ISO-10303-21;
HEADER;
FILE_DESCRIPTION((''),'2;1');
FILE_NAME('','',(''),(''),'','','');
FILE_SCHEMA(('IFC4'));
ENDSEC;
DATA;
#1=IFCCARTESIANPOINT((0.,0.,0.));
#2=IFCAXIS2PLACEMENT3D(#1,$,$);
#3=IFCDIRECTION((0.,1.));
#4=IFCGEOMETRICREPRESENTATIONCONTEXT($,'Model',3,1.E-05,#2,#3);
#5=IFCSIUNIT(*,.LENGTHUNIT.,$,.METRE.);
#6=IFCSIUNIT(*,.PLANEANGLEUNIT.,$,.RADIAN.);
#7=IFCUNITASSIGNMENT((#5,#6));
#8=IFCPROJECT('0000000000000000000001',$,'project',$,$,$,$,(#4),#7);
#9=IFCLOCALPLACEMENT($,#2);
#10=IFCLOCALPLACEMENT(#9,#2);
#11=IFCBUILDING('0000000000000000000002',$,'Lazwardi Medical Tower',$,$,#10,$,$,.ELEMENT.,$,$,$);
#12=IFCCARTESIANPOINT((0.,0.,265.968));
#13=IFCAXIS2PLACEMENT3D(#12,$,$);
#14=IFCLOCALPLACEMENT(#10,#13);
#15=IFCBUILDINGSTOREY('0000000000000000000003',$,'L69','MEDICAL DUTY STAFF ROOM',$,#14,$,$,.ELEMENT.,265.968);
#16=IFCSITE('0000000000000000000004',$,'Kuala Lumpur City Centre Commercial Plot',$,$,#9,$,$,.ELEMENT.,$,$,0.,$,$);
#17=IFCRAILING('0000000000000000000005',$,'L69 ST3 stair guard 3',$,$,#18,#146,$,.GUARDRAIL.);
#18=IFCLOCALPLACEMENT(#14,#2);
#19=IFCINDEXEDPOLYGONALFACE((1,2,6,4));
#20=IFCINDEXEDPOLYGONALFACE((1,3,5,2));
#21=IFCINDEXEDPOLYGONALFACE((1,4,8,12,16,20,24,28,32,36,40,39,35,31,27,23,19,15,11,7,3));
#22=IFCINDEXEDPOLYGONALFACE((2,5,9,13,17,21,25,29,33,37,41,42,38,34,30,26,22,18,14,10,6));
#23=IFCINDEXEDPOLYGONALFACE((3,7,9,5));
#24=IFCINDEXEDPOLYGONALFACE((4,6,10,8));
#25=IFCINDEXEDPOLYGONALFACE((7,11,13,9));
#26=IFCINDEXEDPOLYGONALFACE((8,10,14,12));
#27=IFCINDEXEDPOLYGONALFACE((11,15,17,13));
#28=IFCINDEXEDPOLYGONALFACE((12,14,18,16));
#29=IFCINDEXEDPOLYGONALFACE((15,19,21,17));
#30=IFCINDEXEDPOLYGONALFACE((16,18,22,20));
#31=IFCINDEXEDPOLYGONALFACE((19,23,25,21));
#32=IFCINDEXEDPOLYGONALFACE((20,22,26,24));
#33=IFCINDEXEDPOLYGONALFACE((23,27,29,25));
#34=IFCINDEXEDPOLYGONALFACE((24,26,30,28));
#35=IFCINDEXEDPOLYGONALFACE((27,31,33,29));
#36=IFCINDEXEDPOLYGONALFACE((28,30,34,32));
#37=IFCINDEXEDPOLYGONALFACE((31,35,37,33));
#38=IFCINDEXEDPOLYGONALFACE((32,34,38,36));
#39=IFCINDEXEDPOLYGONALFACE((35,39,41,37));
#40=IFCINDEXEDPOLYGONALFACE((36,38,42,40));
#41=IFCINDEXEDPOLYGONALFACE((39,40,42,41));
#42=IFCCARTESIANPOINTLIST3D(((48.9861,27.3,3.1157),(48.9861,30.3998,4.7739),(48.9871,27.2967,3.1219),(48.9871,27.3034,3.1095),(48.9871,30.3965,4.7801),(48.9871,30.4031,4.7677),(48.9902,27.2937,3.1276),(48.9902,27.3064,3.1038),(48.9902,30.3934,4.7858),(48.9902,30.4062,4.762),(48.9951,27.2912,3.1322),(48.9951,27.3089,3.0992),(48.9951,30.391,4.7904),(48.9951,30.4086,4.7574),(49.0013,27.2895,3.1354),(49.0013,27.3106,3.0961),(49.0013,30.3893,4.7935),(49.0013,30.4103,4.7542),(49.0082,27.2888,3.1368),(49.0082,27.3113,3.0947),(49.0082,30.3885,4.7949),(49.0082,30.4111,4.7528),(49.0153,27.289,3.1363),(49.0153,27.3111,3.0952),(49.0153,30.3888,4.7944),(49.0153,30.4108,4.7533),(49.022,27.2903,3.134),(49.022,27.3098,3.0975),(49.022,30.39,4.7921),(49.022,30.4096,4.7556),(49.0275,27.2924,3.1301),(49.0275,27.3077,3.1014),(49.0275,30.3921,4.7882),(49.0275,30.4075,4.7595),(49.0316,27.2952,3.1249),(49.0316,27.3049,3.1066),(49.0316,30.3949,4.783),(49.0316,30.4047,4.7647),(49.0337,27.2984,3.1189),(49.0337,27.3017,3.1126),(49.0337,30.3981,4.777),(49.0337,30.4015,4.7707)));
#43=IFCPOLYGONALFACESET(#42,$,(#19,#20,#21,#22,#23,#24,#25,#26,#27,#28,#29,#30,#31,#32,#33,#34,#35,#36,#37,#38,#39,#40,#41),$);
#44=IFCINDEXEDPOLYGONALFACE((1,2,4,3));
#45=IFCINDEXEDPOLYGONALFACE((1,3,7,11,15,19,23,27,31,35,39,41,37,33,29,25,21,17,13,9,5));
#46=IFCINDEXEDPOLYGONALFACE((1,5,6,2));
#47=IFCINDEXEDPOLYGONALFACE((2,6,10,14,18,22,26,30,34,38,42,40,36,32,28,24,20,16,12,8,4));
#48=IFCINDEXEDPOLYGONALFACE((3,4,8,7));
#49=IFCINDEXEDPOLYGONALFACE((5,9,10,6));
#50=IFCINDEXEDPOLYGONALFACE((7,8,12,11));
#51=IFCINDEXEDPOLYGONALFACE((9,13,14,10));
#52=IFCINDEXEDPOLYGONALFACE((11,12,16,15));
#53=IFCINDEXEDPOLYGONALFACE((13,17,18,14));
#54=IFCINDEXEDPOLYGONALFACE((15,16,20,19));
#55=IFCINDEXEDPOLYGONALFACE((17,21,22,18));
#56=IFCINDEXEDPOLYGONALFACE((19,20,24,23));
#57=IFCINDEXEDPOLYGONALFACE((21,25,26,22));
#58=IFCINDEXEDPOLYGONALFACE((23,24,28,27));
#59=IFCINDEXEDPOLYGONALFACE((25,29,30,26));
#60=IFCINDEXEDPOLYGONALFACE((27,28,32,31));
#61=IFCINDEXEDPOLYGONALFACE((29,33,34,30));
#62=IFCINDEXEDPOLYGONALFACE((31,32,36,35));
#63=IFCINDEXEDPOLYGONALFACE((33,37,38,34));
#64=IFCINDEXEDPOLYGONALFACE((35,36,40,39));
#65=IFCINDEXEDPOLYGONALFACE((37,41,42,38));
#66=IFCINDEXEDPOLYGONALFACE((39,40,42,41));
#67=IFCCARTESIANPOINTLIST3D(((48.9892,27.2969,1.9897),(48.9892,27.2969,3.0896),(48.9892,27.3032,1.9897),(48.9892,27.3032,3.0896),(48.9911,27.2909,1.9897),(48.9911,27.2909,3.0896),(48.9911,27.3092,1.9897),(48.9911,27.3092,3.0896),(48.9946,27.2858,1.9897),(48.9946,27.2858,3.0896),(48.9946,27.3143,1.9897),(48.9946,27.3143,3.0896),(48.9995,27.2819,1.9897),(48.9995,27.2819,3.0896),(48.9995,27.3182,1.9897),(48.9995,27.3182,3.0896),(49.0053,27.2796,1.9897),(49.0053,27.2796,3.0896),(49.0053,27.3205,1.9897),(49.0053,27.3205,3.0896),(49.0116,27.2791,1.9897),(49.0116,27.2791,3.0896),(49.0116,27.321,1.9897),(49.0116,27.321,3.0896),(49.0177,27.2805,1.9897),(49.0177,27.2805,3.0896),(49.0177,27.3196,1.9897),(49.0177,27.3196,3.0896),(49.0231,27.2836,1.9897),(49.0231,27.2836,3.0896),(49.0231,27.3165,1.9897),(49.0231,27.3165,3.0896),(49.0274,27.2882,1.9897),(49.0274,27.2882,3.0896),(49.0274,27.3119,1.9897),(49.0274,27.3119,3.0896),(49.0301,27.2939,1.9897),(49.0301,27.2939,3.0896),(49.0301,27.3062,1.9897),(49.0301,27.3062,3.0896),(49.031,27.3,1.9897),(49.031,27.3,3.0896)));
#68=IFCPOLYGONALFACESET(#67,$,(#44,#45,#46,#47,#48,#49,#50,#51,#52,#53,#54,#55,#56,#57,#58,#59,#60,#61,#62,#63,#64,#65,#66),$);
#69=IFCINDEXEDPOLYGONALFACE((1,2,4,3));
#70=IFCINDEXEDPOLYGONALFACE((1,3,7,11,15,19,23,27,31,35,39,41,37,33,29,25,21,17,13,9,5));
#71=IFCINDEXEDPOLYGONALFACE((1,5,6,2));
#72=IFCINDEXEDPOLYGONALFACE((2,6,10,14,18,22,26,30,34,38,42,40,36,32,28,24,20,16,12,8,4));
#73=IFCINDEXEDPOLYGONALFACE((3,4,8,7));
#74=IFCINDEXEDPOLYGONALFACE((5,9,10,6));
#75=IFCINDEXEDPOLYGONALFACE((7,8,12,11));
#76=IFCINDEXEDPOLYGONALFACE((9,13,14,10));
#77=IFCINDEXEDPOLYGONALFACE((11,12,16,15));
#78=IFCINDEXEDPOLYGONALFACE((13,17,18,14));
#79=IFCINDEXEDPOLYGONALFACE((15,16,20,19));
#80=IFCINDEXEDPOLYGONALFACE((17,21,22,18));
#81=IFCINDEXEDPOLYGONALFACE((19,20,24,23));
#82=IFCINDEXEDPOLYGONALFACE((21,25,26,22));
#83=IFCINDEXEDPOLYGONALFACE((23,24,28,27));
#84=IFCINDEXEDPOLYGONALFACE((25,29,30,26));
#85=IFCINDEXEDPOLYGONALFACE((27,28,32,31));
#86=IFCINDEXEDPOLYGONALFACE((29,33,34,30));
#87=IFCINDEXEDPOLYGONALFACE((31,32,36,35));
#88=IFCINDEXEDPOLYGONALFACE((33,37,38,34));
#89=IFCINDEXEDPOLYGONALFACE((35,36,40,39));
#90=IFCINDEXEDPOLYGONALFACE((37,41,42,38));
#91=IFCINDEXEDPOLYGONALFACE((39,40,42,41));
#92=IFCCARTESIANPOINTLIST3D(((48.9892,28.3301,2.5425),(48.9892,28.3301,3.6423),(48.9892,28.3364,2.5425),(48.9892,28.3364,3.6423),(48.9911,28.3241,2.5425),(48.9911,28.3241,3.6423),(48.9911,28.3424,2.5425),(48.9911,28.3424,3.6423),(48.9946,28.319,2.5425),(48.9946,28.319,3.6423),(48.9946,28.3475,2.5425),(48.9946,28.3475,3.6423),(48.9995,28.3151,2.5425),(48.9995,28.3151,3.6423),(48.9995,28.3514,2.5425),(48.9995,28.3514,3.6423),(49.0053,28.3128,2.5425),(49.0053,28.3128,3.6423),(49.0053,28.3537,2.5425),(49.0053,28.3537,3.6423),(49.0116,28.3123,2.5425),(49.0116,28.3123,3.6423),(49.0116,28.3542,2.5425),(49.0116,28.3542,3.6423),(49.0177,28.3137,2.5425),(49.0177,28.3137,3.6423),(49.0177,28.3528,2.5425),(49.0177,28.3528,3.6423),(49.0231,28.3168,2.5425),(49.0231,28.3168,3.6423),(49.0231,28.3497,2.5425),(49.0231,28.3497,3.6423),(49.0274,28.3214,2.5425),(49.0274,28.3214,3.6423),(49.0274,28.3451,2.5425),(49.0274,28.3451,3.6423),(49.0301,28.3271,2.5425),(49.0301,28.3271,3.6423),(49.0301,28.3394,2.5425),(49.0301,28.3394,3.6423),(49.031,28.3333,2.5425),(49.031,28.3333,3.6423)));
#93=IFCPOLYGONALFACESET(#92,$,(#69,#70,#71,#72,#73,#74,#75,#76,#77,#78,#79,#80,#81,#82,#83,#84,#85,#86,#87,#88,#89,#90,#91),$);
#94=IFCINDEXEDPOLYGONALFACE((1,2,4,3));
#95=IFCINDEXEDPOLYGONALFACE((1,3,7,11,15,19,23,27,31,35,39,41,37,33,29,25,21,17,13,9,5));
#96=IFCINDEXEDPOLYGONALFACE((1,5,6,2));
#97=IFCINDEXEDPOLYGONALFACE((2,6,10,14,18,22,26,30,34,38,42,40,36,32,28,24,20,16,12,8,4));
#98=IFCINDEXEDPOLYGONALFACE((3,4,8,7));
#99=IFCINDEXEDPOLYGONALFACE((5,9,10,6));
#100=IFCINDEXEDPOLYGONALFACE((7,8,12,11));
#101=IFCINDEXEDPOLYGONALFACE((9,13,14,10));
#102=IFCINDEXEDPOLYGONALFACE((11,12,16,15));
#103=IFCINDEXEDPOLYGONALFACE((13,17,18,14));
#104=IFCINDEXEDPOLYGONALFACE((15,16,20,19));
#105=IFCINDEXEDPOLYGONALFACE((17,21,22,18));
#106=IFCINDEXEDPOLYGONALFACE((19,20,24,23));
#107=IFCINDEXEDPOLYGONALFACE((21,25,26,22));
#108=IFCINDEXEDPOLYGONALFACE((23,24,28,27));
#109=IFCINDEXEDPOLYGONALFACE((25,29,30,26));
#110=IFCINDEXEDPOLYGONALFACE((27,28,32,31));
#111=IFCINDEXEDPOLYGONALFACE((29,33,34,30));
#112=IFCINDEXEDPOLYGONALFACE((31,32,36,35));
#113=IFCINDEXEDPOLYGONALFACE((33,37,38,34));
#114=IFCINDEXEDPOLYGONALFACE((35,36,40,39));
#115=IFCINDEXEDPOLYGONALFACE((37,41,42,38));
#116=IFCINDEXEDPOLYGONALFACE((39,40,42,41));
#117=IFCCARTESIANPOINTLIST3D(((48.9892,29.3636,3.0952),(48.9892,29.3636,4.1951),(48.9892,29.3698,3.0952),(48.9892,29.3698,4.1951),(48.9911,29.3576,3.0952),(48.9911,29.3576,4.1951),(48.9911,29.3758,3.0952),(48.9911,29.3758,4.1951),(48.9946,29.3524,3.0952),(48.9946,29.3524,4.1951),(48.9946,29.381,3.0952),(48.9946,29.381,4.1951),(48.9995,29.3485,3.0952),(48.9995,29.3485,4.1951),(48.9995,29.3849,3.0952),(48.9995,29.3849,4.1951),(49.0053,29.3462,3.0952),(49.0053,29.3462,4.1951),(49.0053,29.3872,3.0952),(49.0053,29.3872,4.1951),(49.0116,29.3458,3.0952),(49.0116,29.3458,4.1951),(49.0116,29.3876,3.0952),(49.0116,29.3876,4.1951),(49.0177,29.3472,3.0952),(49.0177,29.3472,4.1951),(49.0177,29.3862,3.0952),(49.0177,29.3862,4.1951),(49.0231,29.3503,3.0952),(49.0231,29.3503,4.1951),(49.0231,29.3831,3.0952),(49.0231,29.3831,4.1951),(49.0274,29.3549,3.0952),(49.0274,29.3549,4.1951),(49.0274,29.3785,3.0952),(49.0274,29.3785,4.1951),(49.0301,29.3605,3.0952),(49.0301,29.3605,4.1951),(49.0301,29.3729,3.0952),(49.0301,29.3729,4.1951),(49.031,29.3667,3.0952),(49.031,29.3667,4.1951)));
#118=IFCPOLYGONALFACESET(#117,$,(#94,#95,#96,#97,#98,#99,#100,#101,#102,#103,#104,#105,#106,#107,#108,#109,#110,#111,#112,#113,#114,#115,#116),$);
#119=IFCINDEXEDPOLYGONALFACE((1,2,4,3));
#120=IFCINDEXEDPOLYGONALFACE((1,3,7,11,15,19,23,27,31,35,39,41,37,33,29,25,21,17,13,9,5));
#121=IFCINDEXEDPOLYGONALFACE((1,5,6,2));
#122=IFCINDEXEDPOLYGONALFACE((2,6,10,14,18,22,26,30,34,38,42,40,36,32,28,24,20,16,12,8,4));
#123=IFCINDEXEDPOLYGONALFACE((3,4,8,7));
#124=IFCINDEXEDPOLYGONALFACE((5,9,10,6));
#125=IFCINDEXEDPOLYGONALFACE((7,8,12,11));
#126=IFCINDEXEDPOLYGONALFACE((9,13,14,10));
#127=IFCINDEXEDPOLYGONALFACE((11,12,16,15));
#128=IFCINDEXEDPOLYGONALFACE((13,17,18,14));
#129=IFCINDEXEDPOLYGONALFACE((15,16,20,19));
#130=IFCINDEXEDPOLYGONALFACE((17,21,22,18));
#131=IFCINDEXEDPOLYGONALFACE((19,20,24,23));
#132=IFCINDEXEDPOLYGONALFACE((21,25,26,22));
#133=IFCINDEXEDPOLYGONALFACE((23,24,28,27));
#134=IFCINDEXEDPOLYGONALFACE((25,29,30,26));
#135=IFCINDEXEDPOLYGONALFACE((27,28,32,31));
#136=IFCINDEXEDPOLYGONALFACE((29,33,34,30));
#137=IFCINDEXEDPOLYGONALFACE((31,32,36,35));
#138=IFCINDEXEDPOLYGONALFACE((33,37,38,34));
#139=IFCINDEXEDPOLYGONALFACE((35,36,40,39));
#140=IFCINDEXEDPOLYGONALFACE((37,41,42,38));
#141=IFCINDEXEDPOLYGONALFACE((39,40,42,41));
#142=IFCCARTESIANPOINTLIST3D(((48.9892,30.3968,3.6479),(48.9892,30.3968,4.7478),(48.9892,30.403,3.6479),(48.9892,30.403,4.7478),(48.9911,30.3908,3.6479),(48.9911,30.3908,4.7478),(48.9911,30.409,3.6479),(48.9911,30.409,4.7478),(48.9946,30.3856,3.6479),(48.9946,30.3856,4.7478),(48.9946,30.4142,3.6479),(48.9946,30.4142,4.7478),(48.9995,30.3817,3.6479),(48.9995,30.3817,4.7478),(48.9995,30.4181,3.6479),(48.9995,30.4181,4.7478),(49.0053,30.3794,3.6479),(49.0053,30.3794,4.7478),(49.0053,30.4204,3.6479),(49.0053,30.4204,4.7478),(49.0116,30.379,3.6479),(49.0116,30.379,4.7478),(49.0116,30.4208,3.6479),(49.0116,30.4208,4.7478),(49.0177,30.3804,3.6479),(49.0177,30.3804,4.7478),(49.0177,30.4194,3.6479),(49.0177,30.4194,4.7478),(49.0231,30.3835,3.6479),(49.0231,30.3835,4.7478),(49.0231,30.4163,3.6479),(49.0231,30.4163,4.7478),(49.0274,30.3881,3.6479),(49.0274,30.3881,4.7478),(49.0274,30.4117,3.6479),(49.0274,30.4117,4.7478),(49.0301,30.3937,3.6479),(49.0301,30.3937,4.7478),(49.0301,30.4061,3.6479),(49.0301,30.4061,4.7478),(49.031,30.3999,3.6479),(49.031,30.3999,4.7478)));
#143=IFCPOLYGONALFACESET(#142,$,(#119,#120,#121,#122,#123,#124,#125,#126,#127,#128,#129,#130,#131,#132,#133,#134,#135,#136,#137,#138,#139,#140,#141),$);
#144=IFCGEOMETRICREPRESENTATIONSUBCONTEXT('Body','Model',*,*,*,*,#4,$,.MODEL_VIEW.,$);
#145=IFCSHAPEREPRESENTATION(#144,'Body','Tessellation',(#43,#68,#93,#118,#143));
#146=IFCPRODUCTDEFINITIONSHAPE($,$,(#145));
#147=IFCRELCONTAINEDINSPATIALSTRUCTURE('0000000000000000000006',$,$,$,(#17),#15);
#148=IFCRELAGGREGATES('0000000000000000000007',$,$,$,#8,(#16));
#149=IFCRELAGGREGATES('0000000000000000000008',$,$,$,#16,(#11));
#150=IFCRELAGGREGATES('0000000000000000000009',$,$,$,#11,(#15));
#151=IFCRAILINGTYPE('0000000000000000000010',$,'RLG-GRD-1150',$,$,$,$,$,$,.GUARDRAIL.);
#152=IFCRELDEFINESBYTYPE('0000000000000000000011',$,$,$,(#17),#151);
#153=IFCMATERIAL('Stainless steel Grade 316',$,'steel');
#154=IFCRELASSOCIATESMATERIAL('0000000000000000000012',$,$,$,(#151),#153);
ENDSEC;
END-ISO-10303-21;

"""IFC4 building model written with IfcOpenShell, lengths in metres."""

from ifc_helpers import new_model, si_unit, direction, frame, origin, origin_2d, place, context, subcontext, project, spatial, circle, extrude, material, type_object, element, save


model = new_model("IFC4")

# Units and contexts
model_context = context("Model", 3, precision=1e-05, world=origin(), true_north=direction((0.0, 1.0)))
body_context = subcontext(model_context, "Body", "Model", "MODEL_VIEW")
ifc_project = project(units=[si_unit("LENGTHUNIT", "METRE"), si_unit("PLANEANGLEUNIT", "RADIAN")], contexts=[model_context])

# Site, building, storey
site_placement = place(None, origin())
site = spatial("IfcSite", under=ifc_project, at=site_placement, Name="Kuala Lumpur City Centre Commercial Plot", CompositionType="ELEMENT", RefElevation=0.0)
building_placement = place(site_placement, origin())
building = spatial("IfcBuilding", under=site, at=building_placement, Name="Lazwardi Medical Tower", CompositionType="ELEMENT")
storey_placement = place(building_placement, frame((0.0, 0.0, 265.968)))
storey = spatial("IfcBuildingStorey", under=building, at=storey_placement, Name="L69", Description="MEDICAL DUTY STAFF ROOM", CompositionType="ELEMENT", Elevation=265.968)

# Railing
ifc_material_1 = material(Name="Stainless steel Grade 316", Category="steel")
railing_type_1 = type_object("IfcRailingType", Name="RLG-GRD-1150", PredefinedType="GUARDRAIL", material=ifc_material_1)
railing_1_placement = place(storey_placement, frame((49.01, 27.3, 1.9897)))
element("IfcRailing", 1, at=railing_1_placement, inside=storey, type_object=railing_type_1, Name="L69 ST3 stair guard 3", PredefinedType="GUARDRAIL", context=body_context, shape_type="SweptSolid", body=[
    extrude(circle(Radius=0.0239, at=origin_2d()), frame((0.0, 0.0, 1.126), z_axis=(0.0, 0.881768, 0.471684), x_axis=(-1.0, 0.0, 0.0)), (0.0, 0.0, 1.0), 3.5154),
    extrude(circle(Radius=0.021, at=origin_2d()), origin(), (0.0, 0.0, 1.0), 1.0999),
    extrude(circle(Radius=0.021, at=origin_2d()), frame((0.0, 1.0332, 0.5527)), (0.0, 0.0, 1.0), 1.0999),
    extrude(circle(Radius=0.021, at=origin_2d()), frame((0.0, 2.0667, 1.1055)), (0.0, 0.0, 1.0), 1.0999),
    extrude(circle(Radius=0.021, at=origin_2d()), frame((0.0, 3.0999, 1.6582)), (0.0, 0.0, 1.0), 1.0999),
])

save(model, "model.ifc")
